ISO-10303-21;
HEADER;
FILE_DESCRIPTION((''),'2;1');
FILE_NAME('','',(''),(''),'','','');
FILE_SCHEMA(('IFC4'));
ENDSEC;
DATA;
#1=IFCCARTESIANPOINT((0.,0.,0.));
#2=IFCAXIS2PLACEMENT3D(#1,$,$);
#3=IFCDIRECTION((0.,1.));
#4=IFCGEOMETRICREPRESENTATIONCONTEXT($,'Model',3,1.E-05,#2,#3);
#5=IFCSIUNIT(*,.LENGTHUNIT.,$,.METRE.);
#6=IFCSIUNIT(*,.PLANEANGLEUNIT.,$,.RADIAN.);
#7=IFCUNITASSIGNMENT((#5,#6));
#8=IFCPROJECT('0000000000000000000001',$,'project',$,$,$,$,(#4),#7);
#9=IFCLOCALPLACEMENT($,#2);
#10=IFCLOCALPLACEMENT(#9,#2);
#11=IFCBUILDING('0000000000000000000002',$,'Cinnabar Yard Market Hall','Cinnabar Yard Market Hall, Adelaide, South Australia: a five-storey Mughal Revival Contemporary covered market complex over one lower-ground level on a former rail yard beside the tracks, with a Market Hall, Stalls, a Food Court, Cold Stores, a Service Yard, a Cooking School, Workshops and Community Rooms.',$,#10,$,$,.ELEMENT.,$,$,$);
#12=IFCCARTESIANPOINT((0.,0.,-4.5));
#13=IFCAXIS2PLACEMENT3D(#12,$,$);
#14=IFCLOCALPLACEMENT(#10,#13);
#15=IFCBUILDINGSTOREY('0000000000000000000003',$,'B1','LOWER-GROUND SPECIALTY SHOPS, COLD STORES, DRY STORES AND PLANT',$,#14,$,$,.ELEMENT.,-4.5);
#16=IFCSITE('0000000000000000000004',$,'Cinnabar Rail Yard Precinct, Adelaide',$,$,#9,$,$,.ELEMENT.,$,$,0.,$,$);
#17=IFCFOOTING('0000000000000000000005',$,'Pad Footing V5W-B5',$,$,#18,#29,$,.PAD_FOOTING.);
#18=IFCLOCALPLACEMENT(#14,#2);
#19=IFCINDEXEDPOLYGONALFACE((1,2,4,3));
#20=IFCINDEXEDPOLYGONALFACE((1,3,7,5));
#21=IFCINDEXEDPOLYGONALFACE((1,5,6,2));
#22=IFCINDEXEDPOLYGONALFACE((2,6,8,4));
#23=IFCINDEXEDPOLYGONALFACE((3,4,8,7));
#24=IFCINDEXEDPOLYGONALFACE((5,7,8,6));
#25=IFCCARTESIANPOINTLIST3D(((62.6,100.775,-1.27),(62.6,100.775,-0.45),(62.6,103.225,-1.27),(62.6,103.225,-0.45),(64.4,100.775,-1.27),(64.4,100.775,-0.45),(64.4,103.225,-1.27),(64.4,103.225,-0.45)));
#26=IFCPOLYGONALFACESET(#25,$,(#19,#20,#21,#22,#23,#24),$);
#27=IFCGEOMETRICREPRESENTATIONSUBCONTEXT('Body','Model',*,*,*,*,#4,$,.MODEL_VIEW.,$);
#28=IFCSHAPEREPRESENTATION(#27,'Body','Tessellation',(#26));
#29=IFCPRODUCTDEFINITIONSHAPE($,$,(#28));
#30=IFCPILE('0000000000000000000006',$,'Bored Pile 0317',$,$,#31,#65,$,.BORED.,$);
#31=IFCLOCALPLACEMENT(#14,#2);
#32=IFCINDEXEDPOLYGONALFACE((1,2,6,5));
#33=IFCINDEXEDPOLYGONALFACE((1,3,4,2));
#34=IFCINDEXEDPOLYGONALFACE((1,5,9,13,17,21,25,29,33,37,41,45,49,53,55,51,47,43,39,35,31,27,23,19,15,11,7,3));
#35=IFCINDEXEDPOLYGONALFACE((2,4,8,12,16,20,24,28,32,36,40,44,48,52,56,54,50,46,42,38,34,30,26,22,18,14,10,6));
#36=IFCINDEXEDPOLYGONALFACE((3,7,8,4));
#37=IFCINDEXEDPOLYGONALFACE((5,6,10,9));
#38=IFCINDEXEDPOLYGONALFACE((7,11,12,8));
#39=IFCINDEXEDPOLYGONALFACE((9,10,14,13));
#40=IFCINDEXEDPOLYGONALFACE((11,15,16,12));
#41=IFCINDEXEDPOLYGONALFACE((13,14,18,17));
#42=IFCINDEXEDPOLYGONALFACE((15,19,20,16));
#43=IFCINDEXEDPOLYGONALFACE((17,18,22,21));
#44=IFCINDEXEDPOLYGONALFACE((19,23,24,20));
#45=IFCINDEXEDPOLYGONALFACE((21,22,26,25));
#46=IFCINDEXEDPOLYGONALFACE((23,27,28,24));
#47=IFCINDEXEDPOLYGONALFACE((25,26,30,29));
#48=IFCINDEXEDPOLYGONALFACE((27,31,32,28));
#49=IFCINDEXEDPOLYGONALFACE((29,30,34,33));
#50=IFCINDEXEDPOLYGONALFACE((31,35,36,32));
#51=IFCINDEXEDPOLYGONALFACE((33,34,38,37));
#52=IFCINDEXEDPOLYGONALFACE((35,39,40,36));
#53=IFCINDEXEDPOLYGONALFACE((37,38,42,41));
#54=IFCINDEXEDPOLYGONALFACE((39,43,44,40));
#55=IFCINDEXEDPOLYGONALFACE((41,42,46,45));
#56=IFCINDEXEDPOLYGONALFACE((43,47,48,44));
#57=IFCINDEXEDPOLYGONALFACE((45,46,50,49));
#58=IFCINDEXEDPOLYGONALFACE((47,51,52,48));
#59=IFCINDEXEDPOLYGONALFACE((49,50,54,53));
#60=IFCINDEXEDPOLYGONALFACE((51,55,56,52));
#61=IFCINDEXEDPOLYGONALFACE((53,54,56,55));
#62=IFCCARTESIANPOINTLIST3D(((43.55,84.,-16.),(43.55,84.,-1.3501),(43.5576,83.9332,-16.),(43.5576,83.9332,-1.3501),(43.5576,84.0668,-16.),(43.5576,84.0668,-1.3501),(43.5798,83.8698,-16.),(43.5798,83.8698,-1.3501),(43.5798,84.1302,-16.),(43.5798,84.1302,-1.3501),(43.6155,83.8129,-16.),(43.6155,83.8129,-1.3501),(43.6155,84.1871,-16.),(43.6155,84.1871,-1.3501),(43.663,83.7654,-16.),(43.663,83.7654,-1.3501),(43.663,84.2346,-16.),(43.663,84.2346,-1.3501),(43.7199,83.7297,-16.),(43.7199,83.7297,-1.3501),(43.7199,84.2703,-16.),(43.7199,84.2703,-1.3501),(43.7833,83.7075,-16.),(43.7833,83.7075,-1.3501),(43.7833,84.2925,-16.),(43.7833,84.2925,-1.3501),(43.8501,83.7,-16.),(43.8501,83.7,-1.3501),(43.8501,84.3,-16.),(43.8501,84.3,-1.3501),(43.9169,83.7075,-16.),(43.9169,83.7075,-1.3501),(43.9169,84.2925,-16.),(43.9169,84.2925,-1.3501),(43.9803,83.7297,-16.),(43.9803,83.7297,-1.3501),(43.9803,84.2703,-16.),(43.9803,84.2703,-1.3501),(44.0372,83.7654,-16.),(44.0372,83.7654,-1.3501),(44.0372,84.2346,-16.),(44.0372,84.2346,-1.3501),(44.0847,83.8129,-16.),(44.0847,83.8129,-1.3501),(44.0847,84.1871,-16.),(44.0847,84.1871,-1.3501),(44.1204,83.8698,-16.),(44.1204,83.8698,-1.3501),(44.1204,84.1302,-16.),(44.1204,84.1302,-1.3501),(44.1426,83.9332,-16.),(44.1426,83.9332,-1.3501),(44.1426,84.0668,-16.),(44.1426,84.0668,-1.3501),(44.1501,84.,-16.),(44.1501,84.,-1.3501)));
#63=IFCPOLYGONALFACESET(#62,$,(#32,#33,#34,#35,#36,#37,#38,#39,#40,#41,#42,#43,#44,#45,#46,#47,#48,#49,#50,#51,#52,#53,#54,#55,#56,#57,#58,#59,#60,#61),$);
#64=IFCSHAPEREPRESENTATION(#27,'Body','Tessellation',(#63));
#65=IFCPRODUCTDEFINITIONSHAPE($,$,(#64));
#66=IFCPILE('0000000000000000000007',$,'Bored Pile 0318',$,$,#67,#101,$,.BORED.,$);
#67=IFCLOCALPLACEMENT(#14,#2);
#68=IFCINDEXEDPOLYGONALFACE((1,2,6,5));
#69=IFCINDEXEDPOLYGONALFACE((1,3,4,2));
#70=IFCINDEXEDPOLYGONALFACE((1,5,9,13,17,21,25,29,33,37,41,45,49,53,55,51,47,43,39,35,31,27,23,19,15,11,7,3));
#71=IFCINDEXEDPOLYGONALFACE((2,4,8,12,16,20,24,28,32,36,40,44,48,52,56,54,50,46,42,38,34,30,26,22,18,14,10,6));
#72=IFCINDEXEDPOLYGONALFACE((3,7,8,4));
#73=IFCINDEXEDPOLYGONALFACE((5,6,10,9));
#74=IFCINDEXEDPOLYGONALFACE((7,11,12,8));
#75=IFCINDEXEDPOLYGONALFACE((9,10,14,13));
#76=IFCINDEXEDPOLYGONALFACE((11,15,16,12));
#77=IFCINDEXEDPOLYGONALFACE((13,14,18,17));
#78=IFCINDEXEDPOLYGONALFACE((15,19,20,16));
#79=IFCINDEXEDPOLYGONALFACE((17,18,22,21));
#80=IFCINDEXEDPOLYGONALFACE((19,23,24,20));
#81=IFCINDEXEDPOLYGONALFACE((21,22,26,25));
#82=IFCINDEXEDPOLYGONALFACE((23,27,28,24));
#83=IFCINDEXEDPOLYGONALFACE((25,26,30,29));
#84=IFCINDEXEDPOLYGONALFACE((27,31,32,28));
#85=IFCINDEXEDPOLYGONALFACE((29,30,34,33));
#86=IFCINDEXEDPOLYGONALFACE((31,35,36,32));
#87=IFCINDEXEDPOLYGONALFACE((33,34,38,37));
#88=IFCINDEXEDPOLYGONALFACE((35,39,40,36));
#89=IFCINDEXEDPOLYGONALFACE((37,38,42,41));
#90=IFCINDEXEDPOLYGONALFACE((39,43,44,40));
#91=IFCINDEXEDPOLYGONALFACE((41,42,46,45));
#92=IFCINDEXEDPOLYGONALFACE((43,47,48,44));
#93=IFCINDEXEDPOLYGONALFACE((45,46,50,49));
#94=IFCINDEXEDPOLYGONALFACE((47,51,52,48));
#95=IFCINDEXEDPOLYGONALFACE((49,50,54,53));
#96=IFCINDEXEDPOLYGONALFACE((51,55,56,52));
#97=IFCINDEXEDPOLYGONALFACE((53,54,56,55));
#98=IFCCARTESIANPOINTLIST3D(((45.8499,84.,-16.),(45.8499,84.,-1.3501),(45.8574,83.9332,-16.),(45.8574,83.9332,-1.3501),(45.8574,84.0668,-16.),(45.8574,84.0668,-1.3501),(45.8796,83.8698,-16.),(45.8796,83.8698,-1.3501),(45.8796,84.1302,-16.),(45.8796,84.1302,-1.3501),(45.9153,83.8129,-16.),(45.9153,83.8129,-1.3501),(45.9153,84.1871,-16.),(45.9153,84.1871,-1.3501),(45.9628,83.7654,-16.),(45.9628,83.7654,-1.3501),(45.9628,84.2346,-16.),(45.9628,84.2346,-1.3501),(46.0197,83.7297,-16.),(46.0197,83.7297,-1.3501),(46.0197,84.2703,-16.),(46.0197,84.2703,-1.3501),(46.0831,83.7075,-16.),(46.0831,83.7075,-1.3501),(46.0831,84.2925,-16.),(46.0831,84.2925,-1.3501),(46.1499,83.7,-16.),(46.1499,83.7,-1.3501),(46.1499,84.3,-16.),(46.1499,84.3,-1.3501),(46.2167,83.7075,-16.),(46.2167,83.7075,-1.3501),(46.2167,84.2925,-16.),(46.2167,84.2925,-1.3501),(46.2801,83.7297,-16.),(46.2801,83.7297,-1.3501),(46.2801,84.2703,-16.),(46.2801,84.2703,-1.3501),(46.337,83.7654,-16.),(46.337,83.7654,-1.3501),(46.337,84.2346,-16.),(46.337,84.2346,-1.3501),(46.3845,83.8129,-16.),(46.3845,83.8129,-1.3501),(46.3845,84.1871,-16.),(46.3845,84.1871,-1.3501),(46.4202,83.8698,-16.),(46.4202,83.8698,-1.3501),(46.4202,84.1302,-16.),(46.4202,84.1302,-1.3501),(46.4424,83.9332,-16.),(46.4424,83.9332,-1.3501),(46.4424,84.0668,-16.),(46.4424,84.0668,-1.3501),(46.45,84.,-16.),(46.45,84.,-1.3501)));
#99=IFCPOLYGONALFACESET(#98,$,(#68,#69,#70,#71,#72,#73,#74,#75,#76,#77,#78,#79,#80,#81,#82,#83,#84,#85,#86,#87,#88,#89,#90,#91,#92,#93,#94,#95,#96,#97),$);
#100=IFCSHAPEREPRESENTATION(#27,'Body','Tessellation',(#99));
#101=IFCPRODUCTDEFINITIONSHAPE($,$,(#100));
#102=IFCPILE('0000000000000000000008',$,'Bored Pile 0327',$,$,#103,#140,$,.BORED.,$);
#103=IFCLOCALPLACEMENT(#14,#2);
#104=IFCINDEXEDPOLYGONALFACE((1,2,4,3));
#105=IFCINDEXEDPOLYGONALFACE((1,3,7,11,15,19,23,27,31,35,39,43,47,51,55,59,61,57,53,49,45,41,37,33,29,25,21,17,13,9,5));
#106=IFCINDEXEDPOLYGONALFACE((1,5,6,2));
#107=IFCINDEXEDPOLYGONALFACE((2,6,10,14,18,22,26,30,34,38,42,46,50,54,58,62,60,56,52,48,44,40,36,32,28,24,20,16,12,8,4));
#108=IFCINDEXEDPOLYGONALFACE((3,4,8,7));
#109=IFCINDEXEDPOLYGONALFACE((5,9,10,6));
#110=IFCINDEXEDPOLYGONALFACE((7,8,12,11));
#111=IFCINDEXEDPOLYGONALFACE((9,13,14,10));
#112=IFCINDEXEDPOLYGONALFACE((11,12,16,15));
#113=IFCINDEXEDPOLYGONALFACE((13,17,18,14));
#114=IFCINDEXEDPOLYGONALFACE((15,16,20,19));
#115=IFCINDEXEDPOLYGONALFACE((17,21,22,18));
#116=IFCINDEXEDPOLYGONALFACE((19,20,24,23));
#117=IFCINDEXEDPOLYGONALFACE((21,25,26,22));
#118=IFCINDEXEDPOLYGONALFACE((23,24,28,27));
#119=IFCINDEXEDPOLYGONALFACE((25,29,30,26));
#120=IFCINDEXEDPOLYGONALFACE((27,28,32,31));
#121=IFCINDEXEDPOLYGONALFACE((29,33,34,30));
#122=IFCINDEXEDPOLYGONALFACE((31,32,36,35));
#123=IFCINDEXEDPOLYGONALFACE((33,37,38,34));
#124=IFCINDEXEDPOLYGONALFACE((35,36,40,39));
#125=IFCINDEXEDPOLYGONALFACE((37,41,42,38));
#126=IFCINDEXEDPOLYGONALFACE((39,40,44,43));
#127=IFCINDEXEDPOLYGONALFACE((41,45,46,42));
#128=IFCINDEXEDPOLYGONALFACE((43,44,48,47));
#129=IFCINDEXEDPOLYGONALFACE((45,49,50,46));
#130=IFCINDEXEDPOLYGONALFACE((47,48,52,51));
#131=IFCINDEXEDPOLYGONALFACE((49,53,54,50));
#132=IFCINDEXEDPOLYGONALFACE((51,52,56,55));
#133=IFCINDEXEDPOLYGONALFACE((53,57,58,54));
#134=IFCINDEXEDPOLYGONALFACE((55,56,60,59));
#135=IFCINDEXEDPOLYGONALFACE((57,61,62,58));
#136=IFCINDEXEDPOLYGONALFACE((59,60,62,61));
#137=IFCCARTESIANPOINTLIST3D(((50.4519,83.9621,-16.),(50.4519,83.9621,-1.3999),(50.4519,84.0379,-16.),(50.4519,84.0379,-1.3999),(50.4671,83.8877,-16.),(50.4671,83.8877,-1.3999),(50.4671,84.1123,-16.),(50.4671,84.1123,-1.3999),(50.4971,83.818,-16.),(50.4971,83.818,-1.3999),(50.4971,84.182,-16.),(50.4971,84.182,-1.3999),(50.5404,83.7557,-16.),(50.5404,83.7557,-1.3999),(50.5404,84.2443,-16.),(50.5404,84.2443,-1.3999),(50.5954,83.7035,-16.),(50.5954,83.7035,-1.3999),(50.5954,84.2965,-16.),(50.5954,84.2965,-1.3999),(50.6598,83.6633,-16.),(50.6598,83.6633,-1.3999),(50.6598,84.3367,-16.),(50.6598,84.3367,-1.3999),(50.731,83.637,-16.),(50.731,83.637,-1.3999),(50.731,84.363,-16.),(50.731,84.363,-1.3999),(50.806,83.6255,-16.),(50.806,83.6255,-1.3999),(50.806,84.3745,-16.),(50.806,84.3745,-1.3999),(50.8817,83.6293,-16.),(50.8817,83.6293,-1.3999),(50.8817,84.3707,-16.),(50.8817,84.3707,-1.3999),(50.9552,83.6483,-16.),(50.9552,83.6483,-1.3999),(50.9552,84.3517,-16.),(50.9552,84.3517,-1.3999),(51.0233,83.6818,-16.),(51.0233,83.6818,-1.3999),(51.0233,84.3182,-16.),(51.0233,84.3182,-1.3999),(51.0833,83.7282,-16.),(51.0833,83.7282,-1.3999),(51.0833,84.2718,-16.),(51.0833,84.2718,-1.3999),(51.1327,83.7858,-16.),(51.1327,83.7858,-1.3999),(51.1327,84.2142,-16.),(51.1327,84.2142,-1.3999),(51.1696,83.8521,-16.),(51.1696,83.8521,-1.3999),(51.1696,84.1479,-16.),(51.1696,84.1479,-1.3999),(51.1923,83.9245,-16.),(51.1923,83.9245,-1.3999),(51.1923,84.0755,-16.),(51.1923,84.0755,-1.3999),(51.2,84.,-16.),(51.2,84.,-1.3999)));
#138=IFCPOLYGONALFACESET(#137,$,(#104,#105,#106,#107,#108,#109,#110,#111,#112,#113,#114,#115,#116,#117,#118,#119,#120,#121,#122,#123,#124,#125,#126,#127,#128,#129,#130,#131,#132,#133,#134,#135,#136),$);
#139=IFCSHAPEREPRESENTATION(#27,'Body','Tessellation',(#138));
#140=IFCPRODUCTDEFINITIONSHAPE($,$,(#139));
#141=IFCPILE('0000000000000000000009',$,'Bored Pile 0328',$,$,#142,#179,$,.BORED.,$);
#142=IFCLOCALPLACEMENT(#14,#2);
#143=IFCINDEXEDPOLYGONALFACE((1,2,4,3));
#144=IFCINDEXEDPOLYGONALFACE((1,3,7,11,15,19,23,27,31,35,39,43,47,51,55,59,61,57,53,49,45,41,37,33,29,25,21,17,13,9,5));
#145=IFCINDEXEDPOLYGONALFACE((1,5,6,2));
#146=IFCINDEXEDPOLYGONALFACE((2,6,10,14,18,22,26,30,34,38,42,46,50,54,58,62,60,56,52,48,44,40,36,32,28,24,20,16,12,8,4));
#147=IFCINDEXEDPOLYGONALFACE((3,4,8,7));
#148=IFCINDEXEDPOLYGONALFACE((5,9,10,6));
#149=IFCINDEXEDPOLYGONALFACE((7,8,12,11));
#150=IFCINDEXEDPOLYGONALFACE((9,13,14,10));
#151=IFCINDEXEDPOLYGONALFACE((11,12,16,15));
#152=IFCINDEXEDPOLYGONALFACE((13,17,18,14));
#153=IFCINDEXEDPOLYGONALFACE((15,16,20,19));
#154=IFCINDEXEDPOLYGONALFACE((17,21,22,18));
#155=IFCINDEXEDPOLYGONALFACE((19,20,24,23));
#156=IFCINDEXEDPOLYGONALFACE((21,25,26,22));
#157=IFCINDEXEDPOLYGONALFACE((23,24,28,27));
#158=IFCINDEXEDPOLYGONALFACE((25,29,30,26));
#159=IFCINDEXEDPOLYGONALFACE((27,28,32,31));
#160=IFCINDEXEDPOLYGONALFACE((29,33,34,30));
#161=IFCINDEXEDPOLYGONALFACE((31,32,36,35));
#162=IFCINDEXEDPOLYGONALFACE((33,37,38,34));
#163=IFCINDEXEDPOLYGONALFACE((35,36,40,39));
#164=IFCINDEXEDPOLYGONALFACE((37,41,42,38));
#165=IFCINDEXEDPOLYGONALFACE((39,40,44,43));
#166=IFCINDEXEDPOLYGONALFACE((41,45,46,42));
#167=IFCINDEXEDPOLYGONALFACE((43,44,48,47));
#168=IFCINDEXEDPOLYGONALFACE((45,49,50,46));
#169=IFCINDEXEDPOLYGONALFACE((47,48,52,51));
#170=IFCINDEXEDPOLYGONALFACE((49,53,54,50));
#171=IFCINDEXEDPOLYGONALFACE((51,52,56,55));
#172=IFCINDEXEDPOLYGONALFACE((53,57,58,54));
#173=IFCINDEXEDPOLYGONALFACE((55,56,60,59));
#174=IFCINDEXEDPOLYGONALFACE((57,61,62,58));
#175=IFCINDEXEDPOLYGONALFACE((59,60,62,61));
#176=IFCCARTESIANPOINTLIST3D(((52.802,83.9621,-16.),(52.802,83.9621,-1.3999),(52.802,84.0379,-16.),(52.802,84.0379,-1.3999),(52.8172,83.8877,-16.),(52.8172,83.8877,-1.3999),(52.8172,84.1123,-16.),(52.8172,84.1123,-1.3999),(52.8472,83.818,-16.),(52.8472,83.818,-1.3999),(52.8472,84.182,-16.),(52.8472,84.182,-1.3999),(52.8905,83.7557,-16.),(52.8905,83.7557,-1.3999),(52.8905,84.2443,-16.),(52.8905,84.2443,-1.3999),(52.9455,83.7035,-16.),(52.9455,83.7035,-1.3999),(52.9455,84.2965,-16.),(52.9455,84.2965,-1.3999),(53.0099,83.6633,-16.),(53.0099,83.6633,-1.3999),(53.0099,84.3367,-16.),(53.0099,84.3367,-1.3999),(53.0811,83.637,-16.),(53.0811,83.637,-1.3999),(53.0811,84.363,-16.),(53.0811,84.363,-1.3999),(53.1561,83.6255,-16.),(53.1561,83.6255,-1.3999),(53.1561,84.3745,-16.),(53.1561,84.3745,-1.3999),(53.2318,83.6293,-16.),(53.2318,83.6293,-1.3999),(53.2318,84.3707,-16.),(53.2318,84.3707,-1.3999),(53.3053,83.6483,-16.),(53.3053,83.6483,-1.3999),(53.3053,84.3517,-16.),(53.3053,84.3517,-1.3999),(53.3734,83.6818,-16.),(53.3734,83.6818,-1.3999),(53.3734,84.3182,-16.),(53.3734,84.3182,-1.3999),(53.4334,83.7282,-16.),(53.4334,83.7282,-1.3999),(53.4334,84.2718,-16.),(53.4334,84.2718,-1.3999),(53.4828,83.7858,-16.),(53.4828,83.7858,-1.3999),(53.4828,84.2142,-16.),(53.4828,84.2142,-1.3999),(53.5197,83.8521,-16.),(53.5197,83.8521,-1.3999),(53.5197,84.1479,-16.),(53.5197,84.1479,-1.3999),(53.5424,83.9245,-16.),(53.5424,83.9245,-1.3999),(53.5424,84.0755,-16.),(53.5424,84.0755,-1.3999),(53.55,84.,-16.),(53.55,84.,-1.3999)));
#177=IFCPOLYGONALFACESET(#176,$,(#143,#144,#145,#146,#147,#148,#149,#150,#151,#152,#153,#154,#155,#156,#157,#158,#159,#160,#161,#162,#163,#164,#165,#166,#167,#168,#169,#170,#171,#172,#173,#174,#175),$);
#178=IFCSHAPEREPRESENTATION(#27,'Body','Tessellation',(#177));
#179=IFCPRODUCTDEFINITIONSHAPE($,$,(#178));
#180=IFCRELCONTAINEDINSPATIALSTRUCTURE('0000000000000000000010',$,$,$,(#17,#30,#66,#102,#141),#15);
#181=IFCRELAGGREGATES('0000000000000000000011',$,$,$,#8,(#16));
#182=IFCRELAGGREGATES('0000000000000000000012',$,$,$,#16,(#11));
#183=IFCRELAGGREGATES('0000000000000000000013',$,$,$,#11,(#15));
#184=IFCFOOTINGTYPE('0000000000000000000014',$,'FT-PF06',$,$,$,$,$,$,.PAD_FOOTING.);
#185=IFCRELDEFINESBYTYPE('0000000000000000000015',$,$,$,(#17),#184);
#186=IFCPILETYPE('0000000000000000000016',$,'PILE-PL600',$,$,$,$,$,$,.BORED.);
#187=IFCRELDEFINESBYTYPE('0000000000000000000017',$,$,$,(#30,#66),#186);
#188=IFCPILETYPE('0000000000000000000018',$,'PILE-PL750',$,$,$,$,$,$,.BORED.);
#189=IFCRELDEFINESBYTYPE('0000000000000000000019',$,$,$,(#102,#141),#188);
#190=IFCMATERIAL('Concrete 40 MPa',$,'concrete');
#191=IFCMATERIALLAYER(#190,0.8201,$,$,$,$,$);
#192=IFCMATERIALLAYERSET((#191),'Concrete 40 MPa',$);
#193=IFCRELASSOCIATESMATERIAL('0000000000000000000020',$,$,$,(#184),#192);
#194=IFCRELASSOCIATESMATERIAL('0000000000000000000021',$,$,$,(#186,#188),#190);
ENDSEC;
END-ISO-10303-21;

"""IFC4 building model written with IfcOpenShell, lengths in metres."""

from ifc_helpers import new_model, si_unit, direction, frame, origin, origin_2d_with_axis, place, context, subcontext, project, spatial, rectangle, circle, extrude, material, layer, layer_set, material_profile, profile_set, type_object, element, save


model = new_model("IFC4")

# Units and contexts
model_context = context("Model", 3, precision=1e-05, world=origin(), true_north=direction((0.0, 1.0)))
body_context = subcontext(model_context, "Body", "Model", "MODEL_VIEW")
ifc_project = project(units=[si_unit("LENGTHUNIT", "METRE"), si_unit("PLANEANGLEUNIT", "RADIAN")], contexts=[model_context])

# Site, building, storey
site_placement = place(None, origin())
site = spatial("IfcSite", under=ifc_project, at=site_placement, Name="Cinnabar Rail Yard Precinct, Adelaide", CompositionType="ELEMENT", RefElevation=0.0)
building_placement = place(site_placement, origin())
building = spatial("IfcBuilding", under=site, at=building_placement, Name="Cinnabar Yard Market Hall", Description="Cinnabar Yard Market Hall, Adelaide, South Australia: a five-storey Mughal Revival Contemporary covered market complex over one lower-ground level on a former rail yard beside the tracks, with a Market Hall, Stalls, a Food Court, Cold Stores, a Service Yard, a Cooking School, Workshops and Community Rooms.", CompositionType="ELEMENT")
storey_placement = place(building_placement, frame((0.0, 0.0, -4.5)))
storey = spatial("IfcBuildingStorey", under=building, at=storey_placement, Name="B1", Description="LOWER-GROUND SPECIALTY SHOPS, COLD STORES, DRY STORES AND PLANT", CompositionType="ELEMENT", Elevation=-4.5)

# Footing
ifc_material_1 = material(Name="Concrete 40 MPa", Category="concrete")
ifc_layer_1 = layer(ifc_material_1, 0.8201)
ifc_layer_set_1 = layer_set([ifc_layer_1], Name="Concrete 40 MPa")
footing_type_1 = type_object("IfcFootingType", Name="FT-PF06", PredefinedType="PAD_FOOTING", material=ifc_layer_set_1)
for number, where, z_axis, x_axis, name in (
    (1, (63.5, 102.0, -1.27), (0.0, 0.0, 1.0), (1.0, 0.0, 0.0), "Pad Footing V5W-B5"),
):
    element("IfcFooting", number, at=place(storey_placement, frame(where, z_axis=z_axis, x_axis=x_axis)), inside=storey, type_object=footing_type_1, Name=name, PredefinedType="PAD_FOOTING", context=body_context, shape_type="SweptSolid", body=[
        extrude(rectangle(XDim=1.8, YDim=2.45, at=origin_2d_with_axis()), origin(), (0.0, 0.0, 1.0), 0.8201),
    ])

# Piles
ifc_material_profile_1 = material_profile(ifc_material_1, circle(Radius=0.3, at=origin_2d_with_axis()), Name="PILE-D600")
ifc_profile_set_1 = profile_set([ifc_material_profile_1], Name="Concrete 40 MPa")
pile_type_1 = type_object("IfcPileType", Name="PILE-PL600", PredefinedType="BORED", material=ifc_profile_set_1)
for number, where, z_axis, x_axis, name in (
    (2, (43.8501, 84.0, -1.3501), (0.0, 0.0, -1.0), (1.0, 0.0, 0.0), "Bored Pile 0317"),
    (3, (46.1499, 84.0, -1.3501), (0.0, 0.0, -1.0), (1.0, 0.0, 0.0), "Bored Pile 0318"),
):
    element("IfcPile", number, at=place(storey_placement, frame(where, z_axis=z_axis, x_axis=x_axis)), inside=storey, type_object=pile_type_1, Name=name, PredefinedType="BORED", context=body_context, shape_type="SweptSolid", body=[
        extrude(circle(Radius=0.3, at=origin_2d_with_axis()), origin(), (0.0, 0.0, 1.0), 14.6499),
    ])
ifc_material_profile_2 = material_profile(ifc_material_1, circle(Radius=0.375, at=origin_2d_with_axis()), Name="PILE-D750")
ifc_profile_set_2 = profile_set([ifc_material_profile_2], Name="Concrete 40 MPa")
pile_type_2 = type_object("IfcPileType", Name="PILE-PL750", PredefinedType="BORED", material=ifc_profile_set_2)
for number, where, z_axis, x_axis, name in (
    (4, (50.825, 84.0, -1.3999), (0.0, 0.0, -1.0), (1.0, 0.0, 0.0), "Bored Pile 0327"),
    (5, (53.175, 84.0, -1.3999), (0.0, 0.0, -1.0), (1.0, 0.0, 0.0), "Bored Pile 0328"),
):
    element("IfcPile", number, at=place(storey_placement, frame(where, z_axis=z_axis, x_axis=x_axis)), inside=storey, type_object=pile_type_2, Name=name, PredefinedType="BORED", context=body_context, shape_type="SweptSolid", body=[
        extrude(circle(Radius=0.375, at=origin_2d_with_axis()), origin(), (0.0, 0.0, 1.0), 14.6001),
    ])

save(model, "model.ifc")
